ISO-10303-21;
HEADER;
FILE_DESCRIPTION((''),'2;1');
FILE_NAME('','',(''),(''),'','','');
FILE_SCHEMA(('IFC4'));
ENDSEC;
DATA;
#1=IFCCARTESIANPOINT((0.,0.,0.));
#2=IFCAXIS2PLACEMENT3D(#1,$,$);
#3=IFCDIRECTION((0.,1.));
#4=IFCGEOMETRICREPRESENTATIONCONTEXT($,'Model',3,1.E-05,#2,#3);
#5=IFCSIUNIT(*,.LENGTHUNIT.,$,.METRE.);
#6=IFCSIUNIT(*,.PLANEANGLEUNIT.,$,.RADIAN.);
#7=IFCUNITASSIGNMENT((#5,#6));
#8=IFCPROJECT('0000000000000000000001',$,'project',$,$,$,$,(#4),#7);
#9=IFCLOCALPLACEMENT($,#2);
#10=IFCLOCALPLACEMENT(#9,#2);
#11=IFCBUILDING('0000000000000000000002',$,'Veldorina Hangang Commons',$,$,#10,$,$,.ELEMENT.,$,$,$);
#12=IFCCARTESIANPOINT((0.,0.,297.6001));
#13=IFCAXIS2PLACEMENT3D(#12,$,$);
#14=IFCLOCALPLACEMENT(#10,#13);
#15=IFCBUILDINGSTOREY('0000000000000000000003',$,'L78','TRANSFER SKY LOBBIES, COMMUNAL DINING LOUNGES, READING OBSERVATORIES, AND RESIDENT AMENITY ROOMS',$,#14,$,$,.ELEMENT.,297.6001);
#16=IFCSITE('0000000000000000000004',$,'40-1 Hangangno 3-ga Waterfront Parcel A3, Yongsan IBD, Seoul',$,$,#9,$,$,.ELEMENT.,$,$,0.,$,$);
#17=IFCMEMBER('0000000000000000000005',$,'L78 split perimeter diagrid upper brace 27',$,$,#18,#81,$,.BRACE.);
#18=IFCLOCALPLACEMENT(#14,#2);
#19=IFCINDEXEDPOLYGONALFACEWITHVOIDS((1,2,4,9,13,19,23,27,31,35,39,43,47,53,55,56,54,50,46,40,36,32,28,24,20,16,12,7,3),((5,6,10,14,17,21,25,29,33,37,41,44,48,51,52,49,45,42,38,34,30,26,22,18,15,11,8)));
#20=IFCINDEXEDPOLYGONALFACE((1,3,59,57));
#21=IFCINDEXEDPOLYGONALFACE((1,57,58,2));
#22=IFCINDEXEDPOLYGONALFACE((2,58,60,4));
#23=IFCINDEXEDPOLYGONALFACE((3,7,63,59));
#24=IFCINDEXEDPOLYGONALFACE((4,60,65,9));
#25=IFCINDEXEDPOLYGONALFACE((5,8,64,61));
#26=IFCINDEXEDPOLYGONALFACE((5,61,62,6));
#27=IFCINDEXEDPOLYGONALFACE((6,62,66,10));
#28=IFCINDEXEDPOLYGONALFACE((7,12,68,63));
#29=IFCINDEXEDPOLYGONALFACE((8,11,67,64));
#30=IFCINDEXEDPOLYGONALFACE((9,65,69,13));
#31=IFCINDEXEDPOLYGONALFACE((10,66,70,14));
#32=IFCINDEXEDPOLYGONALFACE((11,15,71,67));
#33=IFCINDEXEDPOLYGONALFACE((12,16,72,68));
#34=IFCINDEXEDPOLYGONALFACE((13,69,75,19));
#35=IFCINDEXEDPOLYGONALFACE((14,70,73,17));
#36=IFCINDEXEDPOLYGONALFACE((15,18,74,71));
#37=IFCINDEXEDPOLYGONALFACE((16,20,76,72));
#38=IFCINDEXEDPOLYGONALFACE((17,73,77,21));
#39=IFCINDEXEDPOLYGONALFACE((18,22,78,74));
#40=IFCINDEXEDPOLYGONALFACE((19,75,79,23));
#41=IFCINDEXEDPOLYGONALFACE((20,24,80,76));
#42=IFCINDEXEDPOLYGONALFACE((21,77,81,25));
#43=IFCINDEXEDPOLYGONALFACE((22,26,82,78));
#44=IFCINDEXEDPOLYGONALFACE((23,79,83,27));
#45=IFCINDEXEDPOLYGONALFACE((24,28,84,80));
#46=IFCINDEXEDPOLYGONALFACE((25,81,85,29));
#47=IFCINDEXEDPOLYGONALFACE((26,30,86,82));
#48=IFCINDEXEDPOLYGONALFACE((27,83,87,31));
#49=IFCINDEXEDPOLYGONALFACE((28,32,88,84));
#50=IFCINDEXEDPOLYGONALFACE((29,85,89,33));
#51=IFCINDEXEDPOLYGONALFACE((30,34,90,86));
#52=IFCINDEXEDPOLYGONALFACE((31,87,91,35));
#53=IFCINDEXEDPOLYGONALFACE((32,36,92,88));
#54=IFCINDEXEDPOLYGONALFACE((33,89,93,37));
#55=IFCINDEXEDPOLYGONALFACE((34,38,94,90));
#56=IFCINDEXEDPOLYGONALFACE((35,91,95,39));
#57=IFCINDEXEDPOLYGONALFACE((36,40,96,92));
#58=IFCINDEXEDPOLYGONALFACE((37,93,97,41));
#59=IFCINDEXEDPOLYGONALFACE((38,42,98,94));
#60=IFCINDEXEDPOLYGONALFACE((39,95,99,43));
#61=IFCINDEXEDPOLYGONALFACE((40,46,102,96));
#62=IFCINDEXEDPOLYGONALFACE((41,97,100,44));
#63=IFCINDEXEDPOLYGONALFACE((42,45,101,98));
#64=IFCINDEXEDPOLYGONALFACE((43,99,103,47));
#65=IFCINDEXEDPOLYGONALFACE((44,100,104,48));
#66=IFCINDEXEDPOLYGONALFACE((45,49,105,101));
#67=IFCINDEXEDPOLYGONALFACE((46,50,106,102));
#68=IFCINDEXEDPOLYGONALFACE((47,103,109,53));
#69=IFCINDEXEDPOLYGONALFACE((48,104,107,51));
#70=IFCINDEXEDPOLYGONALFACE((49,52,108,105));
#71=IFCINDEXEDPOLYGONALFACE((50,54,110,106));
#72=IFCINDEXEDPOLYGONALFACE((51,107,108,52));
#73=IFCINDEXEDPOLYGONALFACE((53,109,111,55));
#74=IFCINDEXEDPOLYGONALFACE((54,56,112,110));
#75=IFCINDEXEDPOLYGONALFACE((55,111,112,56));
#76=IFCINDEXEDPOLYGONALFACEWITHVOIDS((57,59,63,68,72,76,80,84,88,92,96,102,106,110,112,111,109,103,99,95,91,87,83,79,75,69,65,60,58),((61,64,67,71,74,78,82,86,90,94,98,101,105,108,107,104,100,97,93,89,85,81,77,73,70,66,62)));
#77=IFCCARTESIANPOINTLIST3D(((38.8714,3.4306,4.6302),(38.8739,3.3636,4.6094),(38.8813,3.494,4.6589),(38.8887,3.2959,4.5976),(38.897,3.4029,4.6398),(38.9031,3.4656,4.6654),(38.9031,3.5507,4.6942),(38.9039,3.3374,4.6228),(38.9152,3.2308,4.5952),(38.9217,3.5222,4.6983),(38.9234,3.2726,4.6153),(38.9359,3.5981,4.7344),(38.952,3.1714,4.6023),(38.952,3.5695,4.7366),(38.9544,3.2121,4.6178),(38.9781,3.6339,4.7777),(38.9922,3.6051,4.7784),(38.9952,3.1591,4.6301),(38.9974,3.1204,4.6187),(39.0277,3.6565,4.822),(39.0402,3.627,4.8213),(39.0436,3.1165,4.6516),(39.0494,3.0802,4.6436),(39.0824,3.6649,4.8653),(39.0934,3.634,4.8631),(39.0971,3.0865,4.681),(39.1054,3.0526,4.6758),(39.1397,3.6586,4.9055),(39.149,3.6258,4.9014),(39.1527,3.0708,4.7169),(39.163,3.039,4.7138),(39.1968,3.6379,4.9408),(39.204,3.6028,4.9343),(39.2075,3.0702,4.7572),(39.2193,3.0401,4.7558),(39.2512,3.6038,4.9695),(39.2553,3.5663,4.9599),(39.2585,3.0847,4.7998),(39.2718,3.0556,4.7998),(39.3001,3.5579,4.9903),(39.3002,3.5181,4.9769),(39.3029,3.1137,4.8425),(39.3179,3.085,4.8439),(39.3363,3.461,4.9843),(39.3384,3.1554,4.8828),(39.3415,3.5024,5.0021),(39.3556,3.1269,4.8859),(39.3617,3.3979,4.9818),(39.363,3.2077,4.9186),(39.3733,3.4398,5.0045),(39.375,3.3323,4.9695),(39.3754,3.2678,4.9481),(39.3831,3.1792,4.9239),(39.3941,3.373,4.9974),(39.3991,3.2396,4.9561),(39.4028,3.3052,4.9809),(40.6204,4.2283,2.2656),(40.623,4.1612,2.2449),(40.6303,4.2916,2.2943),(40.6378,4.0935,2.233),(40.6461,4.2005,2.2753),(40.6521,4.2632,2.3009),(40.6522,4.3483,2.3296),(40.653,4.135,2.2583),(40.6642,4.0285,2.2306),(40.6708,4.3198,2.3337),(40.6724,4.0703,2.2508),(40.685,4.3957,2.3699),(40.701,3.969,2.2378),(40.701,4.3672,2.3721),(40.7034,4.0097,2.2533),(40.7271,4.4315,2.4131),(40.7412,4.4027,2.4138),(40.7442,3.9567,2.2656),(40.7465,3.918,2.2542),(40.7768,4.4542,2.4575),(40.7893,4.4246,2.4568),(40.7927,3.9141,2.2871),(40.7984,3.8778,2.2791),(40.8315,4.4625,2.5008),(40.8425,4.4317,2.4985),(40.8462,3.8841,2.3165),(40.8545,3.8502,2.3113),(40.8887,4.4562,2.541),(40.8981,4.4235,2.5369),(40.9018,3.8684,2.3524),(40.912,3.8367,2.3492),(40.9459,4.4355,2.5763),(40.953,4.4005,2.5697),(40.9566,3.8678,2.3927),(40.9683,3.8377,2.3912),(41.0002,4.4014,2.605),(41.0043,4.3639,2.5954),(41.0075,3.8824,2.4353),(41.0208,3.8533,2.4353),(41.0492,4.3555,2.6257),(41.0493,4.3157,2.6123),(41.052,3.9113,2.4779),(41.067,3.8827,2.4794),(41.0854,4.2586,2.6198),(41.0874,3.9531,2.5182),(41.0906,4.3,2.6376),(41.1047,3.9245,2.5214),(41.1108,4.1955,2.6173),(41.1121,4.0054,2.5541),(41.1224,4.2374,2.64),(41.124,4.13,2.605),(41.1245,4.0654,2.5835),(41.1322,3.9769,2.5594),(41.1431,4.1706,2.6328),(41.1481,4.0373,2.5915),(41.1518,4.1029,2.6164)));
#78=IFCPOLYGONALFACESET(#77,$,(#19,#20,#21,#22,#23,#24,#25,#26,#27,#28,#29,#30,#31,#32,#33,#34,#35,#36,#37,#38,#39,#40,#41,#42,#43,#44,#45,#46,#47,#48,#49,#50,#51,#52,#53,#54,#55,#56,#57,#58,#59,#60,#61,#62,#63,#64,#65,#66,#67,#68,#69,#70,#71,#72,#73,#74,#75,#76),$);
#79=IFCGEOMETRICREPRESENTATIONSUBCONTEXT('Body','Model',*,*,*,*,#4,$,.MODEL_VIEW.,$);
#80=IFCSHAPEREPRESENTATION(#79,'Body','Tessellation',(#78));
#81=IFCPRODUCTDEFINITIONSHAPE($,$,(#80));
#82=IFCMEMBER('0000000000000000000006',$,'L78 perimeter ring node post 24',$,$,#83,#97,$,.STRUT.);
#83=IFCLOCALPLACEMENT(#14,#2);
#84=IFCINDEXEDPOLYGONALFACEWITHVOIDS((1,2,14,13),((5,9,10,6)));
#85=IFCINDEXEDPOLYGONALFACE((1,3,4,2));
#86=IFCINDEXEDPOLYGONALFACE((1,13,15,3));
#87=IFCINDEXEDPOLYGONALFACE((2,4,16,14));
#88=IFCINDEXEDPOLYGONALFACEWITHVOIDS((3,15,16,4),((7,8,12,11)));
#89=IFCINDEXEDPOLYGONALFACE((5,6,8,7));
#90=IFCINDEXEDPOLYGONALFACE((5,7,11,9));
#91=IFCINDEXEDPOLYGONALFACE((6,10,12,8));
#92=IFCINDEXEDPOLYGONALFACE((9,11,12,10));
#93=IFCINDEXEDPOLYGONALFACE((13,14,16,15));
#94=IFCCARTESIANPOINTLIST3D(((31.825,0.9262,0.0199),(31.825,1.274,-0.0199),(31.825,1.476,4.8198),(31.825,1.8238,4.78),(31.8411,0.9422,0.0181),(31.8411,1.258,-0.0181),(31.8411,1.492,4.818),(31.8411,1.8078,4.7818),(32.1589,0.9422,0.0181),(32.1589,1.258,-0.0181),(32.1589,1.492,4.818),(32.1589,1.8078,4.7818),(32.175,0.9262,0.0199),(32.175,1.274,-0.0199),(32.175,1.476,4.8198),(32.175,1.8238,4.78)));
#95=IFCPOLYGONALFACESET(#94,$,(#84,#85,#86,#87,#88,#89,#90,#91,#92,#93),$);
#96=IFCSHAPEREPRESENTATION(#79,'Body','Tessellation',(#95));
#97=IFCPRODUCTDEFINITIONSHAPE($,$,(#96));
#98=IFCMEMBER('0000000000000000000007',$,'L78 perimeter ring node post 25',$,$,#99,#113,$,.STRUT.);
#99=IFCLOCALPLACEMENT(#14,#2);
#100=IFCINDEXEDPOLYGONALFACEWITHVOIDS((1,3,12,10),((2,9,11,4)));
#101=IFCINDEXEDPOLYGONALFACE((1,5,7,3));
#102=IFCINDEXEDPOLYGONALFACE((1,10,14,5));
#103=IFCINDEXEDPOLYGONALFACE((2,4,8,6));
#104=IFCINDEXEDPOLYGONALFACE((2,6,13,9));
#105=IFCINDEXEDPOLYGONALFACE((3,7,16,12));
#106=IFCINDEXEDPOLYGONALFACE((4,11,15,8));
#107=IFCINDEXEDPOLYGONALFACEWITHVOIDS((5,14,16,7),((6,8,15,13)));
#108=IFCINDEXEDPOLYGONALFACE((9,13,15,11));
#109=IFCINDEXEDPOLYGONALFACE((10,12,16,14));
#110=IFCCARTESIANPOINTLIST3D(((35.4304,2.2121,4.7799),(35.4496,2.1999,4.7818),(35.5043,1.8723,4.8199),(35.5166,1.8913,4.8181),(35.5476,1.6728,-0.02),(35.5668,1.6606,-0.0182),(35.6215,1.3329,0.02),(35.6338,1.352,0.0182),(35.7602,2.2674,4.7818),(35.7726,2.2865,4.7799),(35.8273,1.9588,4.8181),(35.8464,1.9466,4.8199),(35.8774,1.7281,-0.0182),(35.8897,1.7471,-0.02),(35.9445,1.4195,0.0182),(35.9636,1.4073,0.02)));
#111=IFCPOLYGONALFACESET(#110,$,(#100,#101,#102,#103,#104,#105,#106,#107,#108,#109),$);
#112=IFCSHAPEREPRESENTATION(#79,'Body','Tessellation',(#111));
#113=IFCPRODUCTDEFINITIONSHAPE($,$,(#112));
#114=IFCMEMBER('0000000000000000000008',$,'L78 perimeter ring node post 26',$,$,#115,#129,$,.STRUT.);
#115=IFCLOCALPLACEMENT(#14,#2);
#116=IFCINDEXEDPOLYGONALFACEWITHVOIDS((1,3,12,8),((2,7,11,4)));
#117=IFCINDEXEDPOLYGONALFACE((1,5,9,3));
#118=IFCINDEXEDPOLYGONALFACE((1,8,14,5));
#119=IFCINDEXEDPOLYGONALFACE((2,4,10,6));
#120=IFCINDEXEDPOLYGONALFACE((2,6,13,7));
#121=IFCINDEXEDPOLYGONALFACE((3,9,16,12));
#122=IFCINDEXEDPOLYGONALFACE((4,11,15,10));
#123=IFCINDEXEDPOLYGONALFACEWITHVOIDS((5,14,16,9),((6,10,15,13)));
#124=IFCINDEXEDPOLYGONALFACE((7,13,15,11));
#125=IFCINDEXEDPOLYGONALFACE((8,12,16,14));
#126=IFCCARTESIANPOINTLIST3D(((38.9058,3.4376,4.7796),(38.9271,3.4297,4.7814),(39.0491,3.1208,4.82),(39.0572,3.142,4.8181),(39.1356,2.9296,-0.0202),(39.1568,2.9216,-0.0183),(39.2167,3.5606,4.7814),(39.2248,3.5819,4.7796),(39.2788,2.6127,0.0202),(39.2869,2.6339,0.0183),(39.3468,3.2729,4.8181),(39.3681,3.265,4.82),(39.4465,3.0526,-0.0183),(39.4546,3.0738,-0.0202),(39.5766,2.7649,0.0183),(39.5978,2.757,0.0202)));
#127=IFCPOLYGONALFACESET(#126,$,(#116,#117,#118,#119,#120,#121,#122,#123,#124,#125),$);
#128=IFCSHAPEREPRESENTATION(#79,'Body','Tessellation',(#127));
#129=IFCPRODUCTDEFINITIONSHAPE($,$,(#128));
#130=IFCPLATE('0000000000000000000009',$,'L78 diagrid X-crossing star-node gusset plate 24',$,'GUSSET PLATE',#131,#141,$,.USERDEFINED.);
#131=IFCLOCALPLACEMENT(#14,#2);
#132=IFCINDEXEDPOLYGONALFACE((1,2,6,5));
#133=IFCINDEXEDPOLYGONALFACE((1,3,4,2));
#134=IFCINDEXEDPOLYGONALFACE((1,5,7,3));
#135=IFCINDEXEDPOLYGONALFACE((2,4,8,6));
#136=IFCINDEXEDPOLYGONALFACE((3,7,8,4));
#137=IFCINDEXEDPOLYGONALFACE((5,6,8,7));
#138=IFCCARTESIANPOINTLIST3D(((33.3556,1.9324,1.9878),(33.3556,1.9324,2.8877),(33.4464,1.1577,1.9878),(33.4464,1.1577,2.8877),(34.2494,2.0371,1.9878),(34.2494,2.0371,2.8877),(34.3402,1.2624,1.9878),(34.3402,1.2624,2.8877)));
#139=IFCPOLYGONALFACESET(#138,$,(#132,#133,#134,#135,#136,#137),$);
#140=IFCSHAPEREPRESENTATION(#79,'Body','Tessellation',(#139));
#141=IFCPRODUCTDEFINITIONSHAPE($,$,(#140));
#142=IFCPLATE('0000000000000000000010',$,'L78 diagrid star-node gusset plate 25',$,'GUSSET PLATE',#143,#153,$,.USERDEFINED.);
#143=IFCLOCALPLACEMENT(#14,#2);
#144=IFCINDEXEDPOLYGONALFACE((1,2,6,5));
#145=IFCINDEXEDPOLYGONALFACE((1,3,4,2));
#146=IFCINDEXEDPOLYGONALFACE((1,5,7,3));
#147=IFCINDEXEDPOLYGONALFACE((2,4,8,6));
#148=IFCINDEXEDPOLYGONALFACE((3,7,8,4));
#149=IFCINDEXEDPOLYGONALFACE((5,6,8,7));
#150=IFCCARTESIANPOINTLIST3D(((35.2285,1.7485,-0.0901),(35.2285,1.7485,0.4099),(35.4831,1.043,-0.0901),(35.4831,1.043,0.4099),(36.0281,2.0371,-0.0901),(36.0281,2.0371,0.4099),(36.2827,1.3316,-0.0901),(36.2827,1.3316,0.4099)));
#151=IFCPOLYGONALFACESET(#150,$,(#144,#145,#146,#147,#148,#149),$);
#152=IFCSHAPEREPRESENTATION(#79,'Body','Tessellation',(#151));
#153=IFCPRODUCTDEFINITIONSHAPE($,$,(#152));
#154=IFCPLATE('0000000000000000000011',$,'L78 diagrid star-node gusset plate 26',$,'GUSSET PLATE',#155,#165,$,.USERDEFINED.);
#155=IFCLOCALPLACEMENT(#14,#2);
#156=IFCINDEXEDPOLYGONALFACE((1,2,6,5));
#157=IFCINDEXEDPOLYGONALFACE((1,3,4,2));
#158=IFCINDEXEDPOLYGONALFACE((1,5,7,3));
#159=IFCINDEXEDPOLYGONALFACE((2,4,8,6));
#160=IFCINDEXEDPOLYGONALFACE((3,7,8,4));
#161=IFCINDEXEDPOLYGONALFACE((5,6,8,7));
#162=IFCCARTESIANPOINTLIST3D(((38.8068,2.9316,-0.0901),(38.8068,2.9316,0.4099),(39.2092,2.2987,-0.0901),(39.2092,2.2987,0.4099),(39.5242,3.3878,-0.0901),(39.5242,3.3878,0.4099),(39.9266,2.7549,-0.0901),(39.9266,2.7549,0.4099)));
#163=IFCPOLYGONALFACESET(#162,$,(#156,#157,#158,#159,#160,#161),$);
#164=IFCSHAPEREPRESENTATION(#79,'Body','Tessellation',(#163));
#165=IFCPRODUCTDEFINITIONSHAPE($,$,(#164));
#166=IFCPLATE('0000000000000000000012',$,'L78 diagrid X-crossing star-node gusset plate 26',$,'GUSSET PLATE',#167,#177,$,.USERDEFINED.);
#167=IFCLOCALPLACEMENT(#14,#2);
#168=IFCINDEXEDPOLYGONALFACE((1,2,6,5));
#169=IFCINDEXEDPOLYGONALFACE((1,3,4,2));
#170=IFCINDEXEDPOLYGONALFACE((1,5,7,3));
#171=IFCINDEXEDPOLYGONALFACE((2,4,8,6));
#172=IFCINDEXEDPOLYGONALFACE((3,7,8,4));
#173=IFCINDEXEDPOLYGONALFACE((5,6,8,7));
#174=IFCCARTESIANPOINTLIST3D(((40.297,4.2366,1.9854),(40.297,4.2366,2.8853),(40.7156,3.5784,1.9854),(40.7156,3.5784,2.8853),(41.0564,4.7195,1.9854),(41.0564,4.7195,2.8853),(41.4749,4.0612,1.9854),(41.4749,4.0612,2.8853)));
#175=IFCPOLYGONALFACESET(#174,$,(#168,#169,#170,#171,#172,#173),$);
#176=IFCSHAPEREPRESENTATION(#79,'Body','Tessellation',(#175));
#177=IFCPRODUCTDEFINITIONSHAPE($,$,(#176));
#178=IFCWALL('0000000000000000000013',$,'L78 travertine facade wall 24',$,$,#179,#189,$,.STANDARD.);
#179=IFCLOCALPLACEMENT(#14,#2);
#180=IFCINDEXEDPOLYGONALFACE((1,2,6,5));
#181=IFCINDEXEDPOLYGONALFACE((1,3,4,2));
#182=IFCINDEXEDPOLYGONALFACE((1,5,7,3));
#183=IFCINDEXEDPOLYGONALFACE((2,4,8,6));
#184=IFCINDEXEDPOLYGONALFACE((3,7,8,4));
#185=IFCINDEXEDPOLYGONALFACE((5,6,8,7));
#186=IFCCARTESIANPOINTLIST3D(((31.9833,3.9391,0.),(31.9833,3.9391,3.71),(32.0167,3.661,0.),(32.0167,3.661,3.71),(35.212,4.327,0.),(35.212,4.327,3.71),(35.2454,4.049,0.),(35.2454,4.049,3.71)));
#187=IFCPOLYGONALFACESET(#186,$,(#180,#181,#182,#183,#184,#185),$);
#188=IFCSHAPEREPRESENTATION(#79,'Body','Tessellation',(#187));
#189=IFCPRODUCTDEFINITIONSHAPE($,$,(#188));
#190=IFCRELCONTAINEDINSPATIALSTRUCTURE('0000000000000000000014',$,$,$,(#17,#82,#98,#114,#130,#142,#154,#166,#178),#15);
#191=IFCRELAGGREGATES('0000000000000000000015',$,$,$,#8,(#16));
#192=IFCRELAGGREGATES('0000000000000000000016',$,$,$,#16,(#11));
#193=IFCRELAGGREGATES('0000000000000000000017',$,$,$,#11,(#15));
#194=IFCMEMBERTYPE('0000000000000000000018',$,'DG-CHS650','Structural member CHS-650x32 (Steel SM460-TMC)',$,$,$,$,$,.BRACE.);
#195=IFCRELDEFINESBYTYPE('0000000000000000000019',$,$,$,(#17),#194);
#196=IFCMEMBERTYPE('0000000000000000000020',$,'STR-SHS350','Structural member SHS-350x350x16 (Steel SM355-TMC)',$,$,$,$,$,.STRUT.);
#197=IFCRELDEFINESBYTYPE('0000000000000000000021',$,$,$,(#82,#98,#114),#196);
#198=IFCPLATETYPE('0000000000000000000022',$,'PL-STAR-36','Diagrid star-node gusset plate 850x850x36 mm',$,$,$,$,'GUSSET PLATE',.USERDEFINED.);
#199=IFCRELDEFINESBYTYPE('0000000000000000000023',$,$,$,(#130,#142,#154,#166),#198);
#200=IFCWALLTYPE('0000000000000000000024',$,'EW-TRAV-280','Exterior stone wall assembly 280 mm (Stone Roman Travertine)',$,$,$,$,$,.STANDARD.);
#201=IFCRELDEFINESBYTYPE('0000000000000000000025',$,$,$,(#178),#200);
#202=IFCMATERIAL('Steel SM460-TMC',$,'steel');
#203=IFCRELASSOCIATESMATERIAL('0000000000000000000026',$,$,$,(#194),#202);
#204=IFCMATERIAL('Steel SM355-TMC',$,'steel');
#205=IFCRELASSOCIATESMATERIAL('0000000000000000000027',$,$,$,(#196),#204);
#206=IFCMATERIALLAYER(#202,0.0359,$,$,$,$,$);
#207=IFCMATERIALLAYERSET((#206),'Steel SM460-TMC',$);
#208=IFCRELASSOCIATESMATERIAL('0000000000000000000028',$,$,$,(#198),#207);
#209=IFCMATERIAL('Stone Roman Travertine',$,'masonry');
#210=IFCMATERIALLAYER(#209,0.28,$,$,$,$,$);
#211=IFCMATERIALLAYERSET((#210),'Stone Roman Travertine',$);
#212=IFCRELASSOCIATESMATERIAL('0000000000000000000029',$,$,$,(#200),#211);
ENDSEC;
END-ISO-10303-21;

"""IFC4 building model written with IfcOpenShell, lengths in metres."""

from ifc_helpers import new_model, si_unit, direction, frame, frame_2d, origin, origin_2d, place, context, subcontext, project, spatial, rectangle, hollow_rectangle, hollow_circle, extrude, material, layer, layer_set, material_profile, profile_set, type_object, element, save


model = new_model("IFC4")

# Units and contexts
model_context = context("Model", 3, precision=1e-05, world=origin(), true_north=direction((0.0, 1.0)))
body_context = subcontext(model_context, "Body", "Model", "MODEL_VIEW")
ifc_project = project(units=[si_unit("LENGTHUNIT", "METRE"), si_unit("PLANEANGLEUNIT", "RADIAN")], contexts=[model_context])

# Site, building, storey
site_placement = place(None, origin())
site = spatial("IfcSite", under=ifc_project, at=site_placement, Name="40-1 Hangangno 3-ga Waterfront Parcel A3, Yongsan IBD, Seoul", CompositionType="ELEMENT", RefElevation=0.0)
building_placement = place(site_placement, origin())
building = spatial("IfcBuilding", under=site, at=building_placement, Name="Veldorina Hangang Commons", CompositionType="ELEMENT")
storey_placement = place(building_placement, frame((0.0, 0.0, 297.6001)))
storey = spatial("IfcBuildingStorey", under=building, at=storey_placement, Name="L78", Description="TRANSFER SKY LOBBIES, COMMUNAL DINING LOUNGES, READING OBSERVATORIES, AND RESIDENT AMENITY ROOMS", CompositionType="ELEMENT", Elevation=297.6001)

# Shared definitions
ifc_material_1 = material(Name="Steel SM460-TMC", Category="steel")
ifc_material_2 = material(Name="Steel SM355-TMC", Category="steel")

# Members
ifc_material_profile_1 = material_profile(ifc_material_1, hollow_circle(Radius=0.325, WallThickness=0.032, at=origin_2d()), Name="CHS-650x32")
ifc_profile_set_1 = profile_set([ifc_material_profile_1], Name="Steel SM460-TMC")
member_type_1 = type_object("IfcMemberType", Name="DG-CHS650", Description="Structural member CHS-650x32 (Steel SM460-TMC)", PredefinedType="BRACE", material=ifc_profile_set_1)
member_1_placement = place(storey_placement, frame((40.886, 4.1489, 2.4353), z_axis=(-0.573956, -0.261741, 0.77593), x_axis=(0.414922, -0.909857, 0.0)))
element("IfcMember", 1, at=member_1_placement, inside=storey, type_object=member_type_1, Name="L78 split perimeter diagrid upper brace 27", PredefinedType="BRACE", context=body_context, shape_type="SweptSolid", body=[
    extrude(hollow_circle(Radius=0.325, WallThickness=0.032, at=origin_2d()), origin(), (0.0, 0.0, 1.0), 3.0474),
])
ifc_material_profile_2 = material_profile(ifc_material_2, hollow_rectangle(XDim=0.3501, YDim=0.3501, WallThickness=0.0161, at=origin_2d()), Name="SHS-350x350x16")
ifc_profile_set_2 = profile_set([ifc_material_profile_2], Name="Steel SM355-TMC")
member_type_2 = type_object("IfcMemberType", Name="STR-SHS350", Description="Structural member SHS-350x350x16 (Steel SM355-TMC)", PredefinedType="STRUT", material=ifc_profile_set_2)
member_2_placement = place(storey_placement, frame((32.0, 1.1001, 0.0), z_axis=(0.0, 0.113803, 0.993503), x_axis=(-1.0, 0.0, 0.0)))
element("IfcMember", 2, at=member_2_placement, inside=storey, type_object=member_type_2, Name="L78 perimeter ring node post 24", PredefinedType="STRUT", context=body_context, shape_type="SweptSolid", body=[
    extrude(hollow_rectangle(XDim=0.3501, YDim=0.3501, WallThickness=0.0161, at=origin_2d()), origin(), (0.0, 0.0, 1.0), 4.8313),
])
member_3_placement = place(storey_placement, frame((35.7556, 1.54, 0.0), z_axis=(-0.024255, 0.111625, 0.993454), x_axis=(-0.977196, -0.212338, 0.0)))
element("IfcMember", 3, at=member_3_placement, inside=storey, type_object=member_type_2, Name="L78 perimeter ring node post 25", PredefinedType="STRUT", context=body_context, shape_type="SweptSolid", body=[
    extrude(hollow_rectangle(XDim=0.3501, YDim=0.3501, WallThickness=0.0161, at=origin_2d()), origin(), (0.0, 0.0, 1.0), 4.8315),
])
member_4_placement = place(storey_placement, frame((39.3667, 2.8433, 0.0), z_axis=(-0.047544, 0.105142, 0.99332), x_axis=(-0.911174, -0.412021, 0.0)))
element("IfcMember", 4, at=member_4_placement, inside=storey, type_object=member_type_2, Name="L78 perimeter ring node post 26", PredefinedType="STRUT", context=body_context, shape_type="SweptSolid", body=[
    extrude(hollow_rectangle(XDim=0.3501, YDim=0.3501, WallThickness=0.0161, at=origin_2d()), origin(), (0.0, 0.0, 1.0), 4.832),
])

# Plates
ifc_layer_1 = layer(ifc_material_1, 0.0359)
ifc_layer_set_1 = layer_set([ifc_layer_1], Name="Steel SM460-TMC")
plate_type = type_object("IfcPlateType", Name="PL-STAR-36", Description="Diagrid star-node gusset plate 850x850x36 mm", ElementType="GUSSET PLATE", PredefinedType="USERDEFINED", material=ifc_layer_set_1)
plate_1_placement = place(storey_placement, frame((33.8479, 1.5974, 1.9878), z_axis=(0.0, 0.0, 1.0), x_axis=(0.993207, 0.116359, 0.0)))
element("IfcPlate", 5, at=plate_1_placement, inside=storey, type_object=plate_type, Name="L78 diagrid X-crossing star-node gusset plate 24", ObjectType="GUSSET PLATE", PredefinedType="USERDEFINED", context=body_context, shape_type="SweptSolid", body=[
    extrude(rectangle(XDim=0.8999, YDim=0.78, at=origin_2d()), origin(), (0.0, 0.0, 1.0), 0.8999),
])
for number, where, z_axis, x_axis, name in (
    (6, (35.7556, 1.54, -0.0901), (0.0, 0.0, 1.0), (0.940626, 0.339444, 0.0), "L78 diagrid star-node gusset plate 25"),
    (7, (39.3667, 2.8433, -0.0901), (0.0, 0.0, 1.0), (0.84386, 0.536563, 0.0), "L78 diagrid star-node gusset plate 26"),
):
    element("IfcPlate", number, at=place(storey_placement, frame(where, z_axis=z_axis, x_axis=x_axis)), inside=storey, type_object=plate_type, Name=name, ObjectType="GUSSET PLATE", PredefinedType="USERDEFINED", context=body_context, shape_type="SweptSolid", body=[
        extrude(rectangle(XDim=0.8501, YDim=0.75, at=origin_2d()), origin(), (0.0, 0.0, 1.0), 0.5),
    ])
plate_2_placement = place(storey_placement, frame((40.886, 4.1489, 1.9854), z_axis=(0.0, 0.0, 1.0), x_axis=(0.84386, 0.536563, 0.0)))
element("IfcPlate", 8, at=plate_2_placement, inside=storey, type_object=plate_type, Name="L78 diagrid X-crossing star-node gusset plate 26", ObjectType="GUSSET PLATE", PredefinedType="USERDEFINED", context=body_context, shape_type="SweptSolid", body=[
    extrude(rectangle(XDim=0.8999, YDim=0.78, at=origin_2d()), origin(), (0.0, 0.0, 1.0), 0.8999),
])

# Wall
ifc_material_3 = material(Name="Stone Roman Travertine", Category="masonry")
ifc_layer_2 = layer(ifc_material_3, 0.28)
ifc_layer_set_2 = layer_set([ifc_layer_2], Name="Stone Roman Travertine")
wall_type_1 = type_object("IfcWallType", Name="EW-TRAV-280", Description="Exterior stone wall assembly 280 mm (Stone Roman Travertine)", PredefinedType="STANDARD", material=ifc_layer_set_2)
wall_1_placement = place(storey_placement, frame((32.0, 3.8, 0.0), z_axis=(0.0, 0.0, 1.0), x_axis=(0.992859, 0.119293, 0.0)))
element("IfcWall", 9, at=wall_1_placement, inside=storey, type_object=wall_type_1, Name="L78 travertine facade wall 24", PredefinedType="STANDARD", context=body_context, shape_type="SweptSolid", body=[
    extrude(rectangle(XDim=3.252, YDim=0.28, at=frame_2d((1.626, 0.0))), origin(), (0.0, 0.0, 1.0), 3.71),
])

save(model, "model.ifc")
